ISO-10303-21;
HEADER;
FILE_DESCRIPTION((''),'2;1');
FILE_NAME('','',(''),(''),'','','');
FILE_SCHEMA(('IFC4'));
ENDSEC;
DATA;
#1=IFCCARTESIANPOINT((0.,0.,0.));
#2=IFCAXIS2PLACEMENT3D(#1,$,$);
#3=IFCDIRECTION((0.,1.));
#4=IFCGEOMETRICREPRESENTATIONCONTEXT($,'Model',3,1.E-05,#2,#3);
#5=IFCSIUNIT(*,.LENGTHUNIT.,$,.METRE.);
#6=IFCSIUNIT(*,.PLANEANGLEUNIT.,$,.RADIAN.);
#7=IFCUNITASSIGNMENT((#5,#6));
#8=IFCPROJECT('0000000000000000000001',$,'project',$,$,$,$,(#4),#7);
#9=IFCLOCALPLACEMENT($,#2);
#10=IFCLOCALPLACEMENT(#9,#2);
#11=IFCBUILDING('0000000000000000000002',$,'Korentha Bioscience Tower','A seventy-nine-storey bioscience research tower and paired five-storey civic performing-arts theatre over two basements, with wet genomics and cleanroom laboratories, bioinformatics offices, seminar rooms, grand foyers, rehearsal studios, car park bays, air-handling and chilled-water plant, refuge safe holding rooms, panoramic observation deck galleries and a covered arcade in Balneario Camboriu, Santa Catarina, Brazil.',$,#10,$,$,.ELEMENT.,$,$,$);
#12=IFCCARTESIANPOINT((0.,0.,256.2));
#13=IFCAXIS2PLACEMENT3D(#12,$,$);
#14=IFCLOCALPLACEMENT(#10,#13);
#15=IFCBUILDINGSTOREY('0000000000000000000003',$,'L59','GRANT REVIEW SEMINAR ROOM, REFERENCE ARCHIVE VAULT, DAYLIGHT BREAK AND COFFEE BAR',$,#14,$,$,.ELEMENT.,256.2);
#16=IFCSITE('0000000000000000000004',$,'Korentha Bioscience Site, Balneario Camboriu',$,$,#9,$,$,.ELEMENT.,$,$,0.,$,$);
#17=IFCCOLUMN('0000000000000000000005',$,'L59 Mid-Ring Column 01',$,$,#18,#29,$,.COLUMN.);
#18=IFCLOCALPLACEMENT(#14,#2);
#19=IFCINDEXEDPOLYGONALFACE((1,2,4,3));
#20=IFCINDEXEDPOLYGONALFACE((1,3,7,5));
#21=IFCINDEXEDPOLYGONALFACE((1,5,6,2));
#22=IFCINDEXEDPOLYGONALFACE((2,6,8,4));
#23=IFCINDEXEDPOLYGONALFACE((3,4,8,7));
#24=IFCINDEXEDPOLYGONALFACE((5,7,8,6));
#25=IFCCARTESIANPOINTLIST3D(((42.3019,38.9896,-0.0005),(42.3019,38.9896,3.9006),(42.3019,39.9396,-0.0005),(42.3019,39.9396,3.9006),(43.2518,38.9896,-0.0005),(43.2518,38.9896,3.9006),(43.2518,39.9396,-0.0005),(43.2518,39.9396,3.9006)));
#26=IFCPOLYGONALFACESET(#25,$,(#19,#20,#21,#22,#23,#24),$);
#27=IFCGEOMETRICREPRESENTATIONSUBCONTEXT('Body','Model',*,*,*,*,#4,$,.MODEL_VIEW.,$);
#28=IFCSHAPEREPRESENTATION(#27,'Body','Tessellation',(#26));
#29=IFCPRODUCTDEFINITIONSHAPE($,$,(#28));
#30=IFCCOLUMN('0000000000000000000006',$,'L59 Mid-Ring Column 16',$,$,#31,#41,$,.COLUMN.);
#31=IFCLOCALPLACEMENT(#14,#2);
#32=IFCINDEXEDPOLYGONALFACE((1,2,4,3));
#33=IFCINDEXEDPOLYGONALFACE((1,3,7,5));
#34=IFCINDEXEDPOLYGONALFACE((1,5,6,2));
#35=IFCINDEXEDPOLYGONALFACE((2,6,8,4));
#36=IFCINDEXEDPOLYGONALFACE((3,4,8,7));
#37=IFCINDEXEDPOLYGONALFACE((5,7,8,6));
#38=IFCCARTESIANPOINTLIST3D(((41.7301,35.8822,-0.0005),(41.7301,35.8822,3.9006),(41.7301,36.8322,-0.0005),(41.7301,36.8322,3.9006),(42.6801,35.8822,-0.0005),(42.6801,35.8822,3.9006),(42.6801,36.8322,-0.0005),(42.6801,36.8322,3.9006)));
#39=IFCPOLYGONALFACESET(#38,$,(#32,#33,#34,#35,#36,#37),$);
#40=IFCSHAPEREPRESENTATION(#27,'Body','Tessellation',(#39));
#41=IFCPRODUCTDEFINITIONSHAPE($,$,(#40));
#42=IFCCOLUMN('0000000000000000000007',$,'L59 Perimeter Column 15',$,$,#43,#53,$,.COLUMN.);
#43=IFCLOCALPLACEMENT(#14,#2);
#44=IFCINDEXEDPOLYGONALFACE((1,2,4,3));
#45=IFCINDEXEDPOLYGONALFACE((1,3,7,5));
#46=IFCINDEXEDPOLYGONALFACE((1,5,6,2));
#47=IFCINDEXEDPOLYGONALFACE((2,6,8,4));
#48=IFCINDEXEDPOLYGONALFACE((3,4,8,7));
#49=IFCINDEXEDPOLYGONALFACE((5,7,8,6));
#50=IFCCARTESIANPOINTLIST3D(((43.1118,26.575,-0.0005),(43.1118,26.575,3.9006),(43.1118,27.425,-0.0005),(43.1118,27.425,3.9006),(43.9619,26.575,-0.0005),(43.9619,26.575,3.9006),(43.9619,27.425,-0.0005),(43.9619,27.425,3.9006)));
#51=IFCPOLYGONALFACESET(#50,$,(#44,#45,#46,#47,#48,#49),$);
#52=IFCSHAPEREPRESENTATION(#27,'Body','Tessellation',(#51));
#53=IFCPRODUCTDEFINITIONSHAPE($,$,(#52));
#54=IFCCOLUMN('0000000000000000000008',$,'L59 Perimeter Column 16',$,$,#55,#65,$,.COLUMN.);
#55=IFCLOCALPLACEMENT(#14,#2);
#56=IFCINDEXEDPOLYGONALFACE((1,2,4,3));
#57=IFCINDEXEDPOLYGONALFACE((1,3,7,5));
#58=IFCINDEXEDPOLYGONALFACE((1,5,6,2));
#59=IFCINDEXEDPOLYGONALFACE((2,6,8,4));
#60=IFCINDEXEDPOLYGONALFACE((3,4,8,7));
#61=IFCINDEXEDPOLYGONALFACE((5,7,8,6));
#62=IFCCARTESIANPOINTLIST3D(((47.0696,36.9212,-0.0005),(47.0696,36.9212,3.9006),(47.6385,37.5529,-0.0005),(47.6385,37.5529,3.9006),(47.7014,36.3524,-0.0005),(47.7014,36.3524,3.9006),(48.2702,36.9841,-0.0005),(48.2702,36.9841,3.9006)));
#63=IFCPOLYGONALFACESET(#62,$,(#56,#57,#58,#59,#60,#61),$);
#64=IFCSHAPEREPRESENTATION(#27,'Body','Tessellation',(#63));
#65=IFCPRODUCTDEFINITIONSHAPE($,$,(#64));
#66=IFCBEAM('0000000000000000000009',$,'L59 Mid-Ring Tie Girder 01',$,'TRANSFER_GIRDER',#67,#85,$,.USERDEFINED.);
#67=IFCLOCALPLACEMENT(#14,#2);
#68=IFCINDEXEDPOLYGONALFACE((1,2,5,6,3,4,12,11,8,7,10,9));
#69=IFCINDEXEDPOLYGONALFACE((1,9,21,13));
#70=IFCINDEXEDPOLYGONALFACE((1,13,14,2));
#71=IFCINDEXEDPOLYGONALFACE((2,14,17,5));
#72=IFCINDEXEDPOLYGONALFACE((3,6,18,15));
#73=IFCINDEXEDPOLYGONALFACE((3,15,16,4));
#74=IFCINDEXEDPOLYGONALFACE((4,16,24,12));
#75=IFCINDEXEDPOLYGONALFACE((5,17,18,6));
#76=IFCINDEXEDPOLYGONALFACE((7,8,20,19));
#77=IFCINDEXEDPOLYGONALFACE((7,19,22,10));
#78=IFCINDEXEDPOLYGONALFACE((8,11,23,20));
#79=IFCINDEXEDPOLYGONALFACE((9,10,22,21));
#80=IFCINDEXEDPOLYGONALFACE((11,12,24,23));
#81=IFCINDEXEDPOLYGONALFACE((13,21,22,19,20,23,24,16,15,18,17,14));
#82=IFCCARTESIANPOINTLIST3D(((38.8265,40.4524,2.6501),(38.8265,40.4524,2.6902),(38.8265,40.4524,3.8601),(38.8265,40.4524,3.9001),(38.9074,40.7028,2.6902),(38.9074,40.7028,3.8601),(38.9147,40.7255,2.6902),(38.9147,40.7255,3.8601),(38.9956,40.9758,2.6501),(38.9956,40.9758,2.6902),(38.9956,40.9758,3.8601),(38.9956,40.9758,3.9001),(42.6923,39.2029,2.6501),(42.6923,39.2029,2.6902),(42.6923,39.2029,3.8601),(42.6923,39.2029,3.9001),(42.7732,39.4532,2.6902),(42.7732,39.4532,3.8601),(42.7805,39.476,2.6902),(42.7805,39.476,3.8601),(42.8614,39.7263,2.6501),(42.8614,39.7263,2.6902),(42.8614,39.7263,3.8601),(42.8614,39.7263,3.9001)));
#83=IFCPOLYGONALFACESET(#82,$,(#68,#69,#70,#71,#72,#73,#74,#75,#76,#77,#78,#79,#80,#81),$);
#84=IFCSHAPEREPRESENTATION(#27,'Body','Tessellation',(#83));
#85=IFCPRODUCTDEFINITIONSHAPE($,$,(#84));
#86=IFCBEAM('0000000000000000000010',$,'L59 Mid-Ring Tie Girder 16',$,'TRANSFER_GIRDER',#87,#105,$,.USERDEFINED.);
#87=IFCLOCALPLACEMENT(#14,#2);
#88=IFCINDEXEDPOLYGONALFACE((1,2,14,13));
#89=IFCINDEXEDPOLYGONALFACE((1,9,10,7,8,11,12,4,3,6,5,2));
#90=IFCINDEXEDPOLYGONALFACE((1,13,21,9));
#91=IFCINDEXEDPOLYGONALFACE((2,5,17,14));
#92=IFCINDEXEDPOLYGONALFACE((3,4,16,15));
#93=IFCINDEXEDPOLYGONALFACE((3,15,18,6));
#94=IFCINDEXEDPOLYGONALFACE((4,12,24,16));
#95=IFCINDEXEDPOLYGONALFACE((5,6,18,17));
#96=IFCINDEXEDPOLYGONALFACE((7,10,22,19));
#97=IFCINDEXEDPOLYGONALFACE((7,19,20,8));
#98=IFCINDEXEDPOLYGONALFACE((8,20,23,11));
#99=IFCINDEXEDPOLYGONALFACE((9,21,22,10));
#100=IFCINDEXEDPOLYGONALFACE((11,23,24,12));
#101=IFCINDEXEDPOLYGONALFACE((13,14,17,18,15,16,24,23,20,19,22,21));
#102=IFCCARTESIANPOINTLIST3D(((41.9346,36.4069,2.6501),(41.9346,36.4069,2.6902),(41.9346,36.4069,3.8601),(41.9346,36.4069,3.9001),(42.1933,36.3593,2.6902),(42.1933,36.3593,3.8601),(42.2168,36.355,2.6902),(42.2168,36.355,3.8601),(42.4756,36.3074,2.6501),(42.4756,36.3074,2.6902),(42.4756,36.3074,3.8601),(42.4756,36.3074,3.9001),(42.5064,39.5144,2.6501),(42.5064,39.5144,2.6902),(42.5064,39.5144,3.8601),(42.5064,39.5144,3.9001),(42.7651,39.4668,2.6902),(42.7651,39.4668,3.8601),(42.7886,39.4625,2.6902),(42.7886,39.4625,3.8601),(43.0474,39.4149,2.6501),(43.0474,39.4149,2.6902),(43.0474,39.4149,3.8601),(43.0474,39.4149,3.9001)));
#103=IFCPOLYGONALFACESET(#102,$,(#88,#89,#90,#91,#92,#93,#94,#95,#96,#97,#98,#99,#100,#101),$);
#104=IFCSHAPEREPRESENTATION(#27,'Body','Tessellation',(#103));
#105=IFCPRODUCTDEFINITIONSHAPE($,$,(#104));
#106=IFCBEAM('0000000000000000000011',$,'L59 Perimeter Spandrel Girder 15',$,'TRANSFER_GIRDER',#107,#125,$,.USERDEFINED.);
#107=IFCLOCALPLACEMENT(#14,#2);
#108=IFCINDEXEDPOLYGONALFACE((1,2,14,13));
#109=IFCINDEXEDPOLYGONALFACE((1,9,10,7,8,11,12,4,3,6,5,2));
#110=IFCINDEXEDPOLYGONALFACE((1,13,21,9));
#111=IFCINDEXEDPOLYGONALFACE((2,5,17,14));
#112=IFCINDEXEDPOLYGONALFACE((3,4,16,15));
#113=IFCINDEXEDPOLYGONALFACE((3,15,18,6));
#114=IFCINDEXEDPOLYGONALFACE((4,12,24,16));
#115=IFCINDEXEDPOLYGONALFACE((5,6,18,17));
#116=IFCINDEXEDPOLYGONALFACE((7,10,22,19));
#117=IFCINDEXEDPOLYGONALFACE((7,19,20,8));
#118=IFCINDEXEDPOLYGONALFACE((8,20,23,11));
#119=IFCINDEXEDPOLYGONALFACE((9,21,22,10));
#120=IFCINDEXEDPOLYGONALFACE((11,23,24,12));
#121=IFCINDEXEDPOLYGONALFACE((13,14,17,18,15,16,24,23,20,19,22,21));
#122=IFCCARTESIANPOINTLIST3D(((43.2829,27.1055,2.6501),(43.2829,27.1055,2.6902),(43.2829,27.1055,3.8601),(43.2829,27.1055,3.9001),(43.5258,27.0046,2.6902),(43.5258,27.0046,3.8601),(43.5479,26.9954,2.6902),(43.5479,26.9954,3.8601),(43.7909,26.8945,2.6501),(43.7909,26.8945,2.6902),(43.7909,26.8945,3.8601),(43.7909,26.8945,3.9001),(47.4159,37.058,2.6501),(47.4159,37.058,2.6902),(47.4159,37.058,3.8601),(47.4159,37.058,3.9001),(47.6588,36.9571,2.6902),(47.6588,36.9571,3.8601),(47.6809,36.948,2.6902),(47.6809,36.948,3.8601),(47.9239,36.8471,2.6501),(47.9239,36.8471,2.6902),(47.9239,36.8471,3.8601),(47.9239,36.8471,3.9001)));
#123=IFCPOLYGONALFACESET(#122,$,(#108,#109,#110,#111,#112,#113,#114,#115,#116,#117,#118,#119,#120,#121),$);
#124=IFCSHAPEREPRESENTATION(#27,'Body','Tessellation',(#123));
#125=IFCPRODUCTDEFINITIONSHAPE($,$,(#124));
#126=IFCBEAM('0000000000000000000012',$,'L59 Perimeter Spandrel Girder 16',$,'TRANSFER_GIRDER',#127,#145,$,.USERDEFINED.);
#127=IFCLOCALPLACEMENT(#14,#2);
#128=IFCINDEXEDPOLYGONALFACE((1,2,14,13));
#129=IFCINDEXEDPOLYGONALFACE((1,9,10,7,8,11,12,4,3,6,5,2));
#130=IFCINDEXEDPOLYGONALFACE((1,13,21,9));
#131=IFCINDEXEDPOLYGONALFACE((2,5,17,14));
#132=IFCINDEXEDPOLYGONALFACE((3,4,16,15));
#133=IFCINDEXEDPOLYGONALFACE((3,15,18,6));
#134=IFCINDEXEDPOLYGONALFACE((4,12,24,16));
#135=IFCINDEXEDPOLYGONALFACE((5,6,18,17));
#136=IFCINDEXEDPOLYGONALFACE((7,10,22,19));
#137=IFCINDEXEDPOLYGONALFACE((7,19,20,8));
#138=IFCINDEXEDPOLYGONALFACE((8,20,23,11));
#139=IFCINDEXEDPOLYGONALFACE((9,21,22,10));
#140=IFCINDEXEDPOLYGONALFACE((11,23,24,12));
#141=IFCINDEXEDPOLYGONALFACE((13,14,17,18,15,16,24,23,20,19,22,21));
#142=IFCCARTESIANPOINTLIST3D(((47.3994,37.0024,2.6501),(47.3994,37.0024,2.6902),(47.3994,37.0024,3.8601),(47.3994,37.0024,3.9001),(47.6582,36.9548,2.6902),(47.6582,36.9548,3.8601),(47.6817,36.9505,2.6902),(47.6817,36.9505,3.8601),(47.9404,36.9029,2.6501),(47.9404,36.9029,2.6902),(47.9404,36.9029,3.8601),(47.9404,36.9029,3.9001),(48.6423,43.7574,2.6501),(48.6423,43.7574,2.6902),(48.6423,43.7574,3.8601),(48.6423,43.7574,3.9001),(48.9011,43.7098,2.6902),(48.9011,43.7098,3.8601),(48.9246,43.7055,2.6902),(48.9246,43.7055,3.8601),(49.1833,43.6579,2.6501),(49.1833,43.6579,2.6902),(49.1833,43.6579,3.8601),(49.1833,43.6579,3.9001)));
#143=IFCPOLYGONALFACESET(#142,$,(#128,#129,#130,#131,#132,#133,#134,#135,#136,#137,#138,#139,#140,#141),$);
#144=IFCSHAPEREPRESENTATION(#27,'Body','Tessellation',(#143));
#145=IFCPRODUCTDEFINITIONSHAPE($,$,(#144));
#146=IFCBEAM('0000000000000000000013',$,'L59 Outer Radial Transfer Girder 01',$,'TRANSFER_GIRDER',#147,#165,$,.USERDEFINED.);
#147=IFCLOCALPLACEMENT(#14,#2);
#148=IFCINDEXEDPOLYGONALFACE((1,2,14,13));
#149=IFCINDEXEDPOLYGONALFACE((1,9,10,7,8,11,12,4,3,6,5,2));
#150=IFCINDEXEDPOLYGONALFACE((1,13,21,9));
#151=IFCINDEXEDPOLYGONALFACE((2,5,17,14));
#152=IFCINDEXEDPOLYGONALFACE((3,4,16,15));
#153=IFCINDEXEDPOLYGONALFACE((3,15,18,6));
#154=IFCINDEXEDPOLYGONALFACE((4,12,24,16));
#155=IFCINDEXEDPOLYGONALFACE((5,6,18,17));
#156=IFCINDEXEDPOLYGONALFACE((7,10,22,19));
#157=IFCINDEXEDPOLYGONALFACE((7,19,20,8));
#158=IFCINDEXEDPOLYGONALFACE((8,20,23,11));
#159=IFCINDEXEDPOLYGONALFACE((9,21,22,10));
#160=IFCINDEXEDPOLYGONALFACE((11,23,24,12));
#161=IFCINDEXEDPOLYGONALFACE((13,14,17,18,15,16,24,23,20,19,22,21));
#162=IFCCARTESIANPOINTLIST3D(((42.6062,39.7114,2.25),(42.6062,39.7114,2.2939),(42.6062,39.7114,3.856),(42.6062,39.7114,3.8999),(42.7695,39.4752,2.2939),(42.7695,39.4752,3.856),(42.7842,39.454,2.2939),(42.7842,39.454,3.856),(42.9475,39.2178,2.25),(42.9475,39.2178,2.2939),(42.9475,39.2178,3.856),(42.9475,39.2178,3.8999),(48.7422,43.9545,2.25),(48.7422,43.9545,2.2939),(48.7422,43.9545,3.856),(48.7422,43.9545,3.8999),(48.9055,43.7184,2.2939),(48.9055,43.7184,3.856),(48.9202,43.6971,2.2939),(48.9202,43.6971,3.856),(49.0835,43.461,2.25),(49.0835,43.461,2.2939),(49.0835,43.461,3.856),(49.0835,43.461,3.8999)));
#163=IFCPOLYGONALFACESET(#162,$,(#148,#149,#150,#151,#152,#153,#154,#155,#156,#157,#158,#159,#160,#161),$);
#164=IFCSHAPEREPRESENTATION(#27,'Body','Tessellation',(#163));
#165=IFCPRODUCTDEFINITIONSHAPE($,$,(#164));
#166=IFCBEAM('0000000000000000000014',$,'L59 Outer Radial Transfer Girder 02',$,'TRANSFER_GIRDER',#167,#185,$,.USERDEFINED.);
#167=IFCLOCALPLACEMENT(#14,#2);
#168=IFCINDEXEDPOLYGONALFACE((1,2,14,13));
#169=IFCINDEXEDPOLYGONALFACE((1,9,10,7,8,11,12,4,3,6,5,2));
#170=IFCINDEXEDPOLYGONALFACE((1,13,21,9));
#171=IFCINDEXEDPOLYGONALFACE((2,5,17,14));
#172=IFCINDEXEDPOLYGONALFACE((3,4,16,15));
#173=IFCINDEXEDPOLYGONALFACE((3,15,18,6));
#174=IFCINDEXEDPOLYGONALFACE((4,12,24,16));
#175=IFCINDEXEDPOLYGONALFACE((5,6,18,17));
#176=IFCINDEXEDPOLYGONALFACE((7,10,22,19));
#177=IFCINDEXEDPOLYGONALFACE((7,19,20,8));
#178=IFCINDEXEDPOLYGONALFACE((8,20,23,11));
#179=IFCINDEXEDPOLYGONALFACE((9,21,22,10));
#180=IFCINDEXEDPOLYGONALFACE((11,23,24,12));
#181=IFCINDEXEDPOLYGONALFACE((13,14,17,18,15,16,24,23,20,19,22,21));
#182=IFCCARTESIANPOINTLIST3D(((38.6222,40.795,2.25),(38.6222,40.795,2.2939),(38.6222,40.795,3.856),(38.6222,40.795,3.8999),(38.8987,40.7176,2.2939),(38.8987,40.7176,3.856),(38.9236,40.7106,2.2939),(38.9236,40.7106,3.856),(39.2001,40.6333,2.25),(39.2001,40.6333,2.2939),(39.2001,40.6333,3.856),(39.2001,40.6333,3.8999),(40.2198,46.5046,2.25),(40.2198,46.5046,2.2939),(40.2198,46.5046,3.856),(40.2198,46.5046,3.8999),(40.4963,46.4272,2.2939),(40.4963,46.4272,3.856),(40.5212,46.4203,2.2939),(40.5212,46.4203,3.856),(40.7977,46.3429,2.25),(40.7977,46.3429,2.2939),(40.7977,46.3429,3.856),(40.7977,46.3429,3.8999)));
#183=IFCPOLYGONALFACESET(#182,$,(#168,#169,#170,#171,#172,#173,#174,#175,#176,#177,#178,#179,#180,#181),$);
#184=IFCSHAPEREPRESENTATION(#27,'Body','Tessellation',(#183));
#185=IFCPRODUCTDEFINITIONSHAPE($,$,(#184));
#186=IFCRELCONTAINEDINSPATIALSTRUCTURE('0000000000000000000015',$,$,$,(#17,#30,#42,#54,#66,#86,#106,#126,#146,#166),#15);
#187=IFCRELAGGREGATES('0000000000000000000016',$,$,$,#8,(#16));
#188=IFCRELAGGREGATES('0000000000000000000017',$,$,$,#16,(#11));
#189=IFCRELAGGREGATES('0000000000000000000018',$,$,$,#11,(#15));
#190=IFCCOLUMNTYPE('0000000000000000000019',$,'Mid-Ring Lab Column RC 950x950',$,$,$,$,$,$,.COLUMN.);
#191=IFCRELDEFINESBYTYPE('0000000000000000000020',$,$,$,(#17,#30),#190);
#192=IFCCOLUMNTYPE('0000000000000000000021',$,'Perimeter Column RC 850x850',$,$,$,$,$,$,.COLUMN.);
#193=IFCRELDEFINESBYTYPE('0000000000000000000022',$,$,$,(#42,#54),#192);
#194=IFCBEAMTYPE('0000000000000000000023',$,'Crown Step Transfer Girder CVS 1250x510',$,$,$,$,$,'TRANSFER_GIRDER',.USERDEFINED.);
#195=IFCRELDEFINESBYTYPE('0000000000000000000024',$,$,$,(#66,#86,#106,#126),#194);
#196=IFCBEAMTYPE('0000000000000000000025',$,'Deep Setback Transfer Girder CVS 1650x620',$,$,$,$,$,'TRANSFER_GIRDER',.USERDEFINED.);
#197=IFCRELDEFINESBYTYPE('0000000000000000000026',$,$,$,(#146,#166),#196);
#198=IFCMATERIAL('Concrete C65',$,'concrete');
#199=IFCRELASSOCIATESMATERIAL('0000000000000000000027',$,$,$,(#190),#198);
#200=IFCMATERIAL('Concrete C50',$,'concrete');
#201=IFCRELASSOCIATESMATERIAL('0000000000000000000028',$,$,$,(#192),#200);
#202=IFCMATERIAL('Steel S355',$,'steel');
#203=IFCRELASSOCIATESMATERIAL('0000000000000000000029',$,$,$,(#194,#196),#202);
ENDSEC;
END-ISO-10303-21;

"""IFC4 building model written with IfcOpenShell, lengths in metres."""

from ifc_helpers import new_model, si_unit, direction, frame, origin, origin_2d, place, context, subcontext, project, spatial, rectangle, i_section, extrude, material, material_profile, profile_set, type_object, element, save


model = new_model("IFC4")

# Units and contexts
model_context = context("Model", 3, precision=1e-05, world=origin(), true_north=direction((0.0, 1.0)))
body_context = subcontext(model_context, "Body", "Model", "MODEL_VIEW")
ifc_project = project(units=[si_unit("LENGTHUNIT", "METRE"), si_unit("PLANEANGLEUNIT", "RADIAN")], contexts=[model_context])

# Site, building, storey
site_placement = place(None, origin())
site = spatial("IfcSite", under=ifc_project, at=site_placement, Name="Korentha Bioscience Site, Balneario Camboriu", CompositionType="ELEMENT", RefElevation=0.0)
building_placement = place(site_placement, origin())
building = spatial("IfcBuilding", under=site, at=building_placement, Name="Korentha Bioscience Tower", Description="A seventy-nine-storey bioscience research tower and paired five-storey civic performing-arts theatre over two basements, with wet genomics and cleanroom laboratories, bioinformatics offices, seminar rooms, grand foyers, rehearsal studios, car park bays, air-handling and chilled-water plant, refuge safe holding rooms, panoramic observation deck galleries and a covered arcade in Balneario Camboriu, Santa Catarina, Brazil.", CompositionType="ELEMENT")
storey_placement = place(building_placement, frame((0.0, 0.0, 256.2)))
storey = spatial("IfcBuildingStorey", under=building, at=storey_placement, Name="L59", Description="GRANT REVIEW SEMINAR ROOM, REFERENCE ARCHIVE VAULT, DAYLIGHT BREAK AND COFFEE BAR", CompositionType="ELEMENT", Elevation=256.2)

# Columns
ifc_material_1 = material(Name="Concrete C65", Category="concrete")
ifc_material_profile_1 = material_profile(ifc_material_1, rectangle(XDim=0.95, YDim=0.95, at=origin_2d()), Name="Concrete C65")
ifc_profile_set_1 = profile_set([ifc_material_profile_1], Name="Concrete C65 (COL-MR09)")
column_type_1 = type_object("IfcColumnType", Name="Mid-Ring Lab Column RC 950x950", PredefinedType="COLUMN", material=ifc_profile_set_1)
for number, where, z_axis, x_axis, name in (
    (1, (42.7769, 39.4646, -0.0005), (0.0, 0.0, 1.0), (1.0, 0.0, 0.0), "L59 Mid-Ring Column 01"),
    (2, (42.2051, 36.3572, -0.0005), (0.0, 0.0, 1.0), (1.0, 0.0, 0.0), "L59 Mid-Ring Column 16"),
):
    element("IfcColumn", number, at=place(storey_placement, frame(where, z_axis=z_axis, x_axis=x_axis)), inside=storey, type_object=column_type_1, Name=name, PredefinedType="COLUMN", context=body_context, shape_type="SweptSolid", body=[
        extrude(rectangle(XDim=0.95, YDim=0.95, at=origin_2d()), origin(), (0.0, 0.0, 1.0), 3.9011),
    ])
ifc_material_2 = material(Name="Concrete C50", Category="concrete")
ifc_material_profile_2 = material_profile(ifc_material_2, rectangle(XDim=0.8501, YDim=0.8501, at=origin_2d()), Name="Concrete C50")
ifc_profile_set_2 = profile_set([ifc_material_profile_2], Name="Concrete C50 (COL-P08)")
column_type_2 = type_object("IfcColumnType", Name="Perimeter Column RC 850x850", PredefinedType="COLUMN", material=ifc_profile_set_2)
for number, where, z_axis, x_axis, name in (
    (3, (43.5369, 27.0, -0.0005), (0.0, 0.0, 1.0), (0.0, 1.0, 0.0), "L59 Perimeter Column 15"),
    (4, (47.6699, 36.9526, -0.0005), (0.0, 0.0, 1.0), (0.669131, 0.743145, 0.0), "L59 Perimeter Column 16"),
):
    element("IfcColumn", number, at=place(storey_placement, frame(where, z_axis=z_axis, x_axis=x_axis)), inside=storey, type_object=column_type_2, Name=name, PredefinedType="COLUMN", context=body_context, shape_type="SweptSolid", body=[
        extrude(rectangle(XDim=0.8501, YDim=0.8501, at=origin_2d()), origin(), (0.0, 0.0, 1.0), 3.9011),
    ])

# Beams
ifc_material_3 = material(Name="Steel S355", Category="steel")
ifc_material_profile_3 = material_profile(ifc_material_3, i_section(OverallWidth=0.55, OverallDepth=1.25, WebThickness=0.0239, FlangeThickness=0.04, at=origin_2d()), Name="Steel S355")
ifc_profile_set_3 = profile_set([ifc_material_profile_3], Name="Steel S355 (TG-03)")
beam_type_1 = type_object("IfcBeamType", Name="Crown Step Transfer Girder CVS 1250x510", ElementType="TRANSFER_GIRDER", PredefinedType="USERDEFINED", material=ifc_profile_set_3)
beam_1_placement = place(storey_placement, frame((42.7769, 39.4646, 3.2751), z_axis=(-0.951528, 0.307561, 0.0), x_axis=(-0.307561, -0.951528, 0.0)))
element("IfcBeam", 5, at=beam_1_placement, inside=storey, type_object=beam_type_1, Name="L59 Mid-Ring Tie Girder 01", ObjectType="TRANSFER_GIRDER", PredefinedType="USERDEFINED", context=body_context, shape_type="SweptSolid", body=[
    extrude(i_section(OverallWidth=0.55, OverallDepth=1.25, WebThickness=0.0239, FlangeThickness=0.04, at=origin_2d()), origin(), (0.0, 0.0, 1.0), 4.0627),
])
beam_2_placement = place(storey_placement, frame((42.2051, 36.3572, 3.2751), z_axis=(0.180966, 0.983489, 0.0), x_axis=(-0.983489, 0.180966, 0.0)))
element("IfcBeam", 6, at=beam_2_placement, inside=storey, type_object=beam_type_1, Name="L59 Mid-Ring Tie Girder 16", ObjectType="TRANSFER_GIRDER", PredefinedType="USERDEFINED", context=body_context, shape_type="SweptSolid", body=[
    extrude(i_section(OverallWidth=0.55, OverallDepth=1.25, WebThickness=0.0239, FlangeThickness=0.04, at=origin_2d()), origin(), (0.0, 0.0, 1.0), 3.1597),
])
beam_3_placement = place(storey_placement, frame((43.5369, 27.0, 3.2751), z_axis=(0.383518, 0.923533, 0.0), x_axis=(-0.923533, 0.383518, 0.0)))
element("IfcBeam", 7, at=beam_3_placement, inside=storey, type_object=beam_type_1, Name="L59 Perimeter Spandrel Girder 15", ObjectType="TRANSFER_GIRDER", PredefinedType="USERDEFINED", context=body_context, shape_type="SweptSolid", body=[
    extrude(i_section(OverallWidth=0.55, OverallDepth=1.25, WebThickness=0.0239, FlangeThickness=0.04, at=origin_2d()), origin(), (0.0, 0.0, 1.0), 10.7766),
])
beam_4_placement = place(storey_placement, frame((47.6699, 36.9526, 3.2751), z_axis=(0.180959, 0.983491, 0.0), x_axis=(-0.983491, 0.180959, 0.0)))
element("IfcBeam", 8, at=beam_4_placement, inside=storey, type_object=beam_type_1, Name="L59 Perimeter Spandrel Girder 16", ObjectType="TRANSFER_GIRDER", PredefinedType="USERDEFINED", context=body_context, shape_type="SweptSolid", body=[
    extrude(i_section(OverallWidth=0.55, OverallDepth=1.25, WebThickness=0.0239, FlangeThickness=0.04, at=origin_2d()), origin(), (0.0, 0.0, 1.0), 6.8684),
])
ifc_material_profile_4 = material_profile(ifc_material_3, i_section(OverallWidth=0.6001, OverallDepth=1.6499, WebThickness=0.0259, FlangeThickness=0.0439, at=origin_2d()), Name="Steel S355")
ifc_profile_set_4 = profile_set([ifc_material_profile_4], Name="Steel S355 (TG-04)")
beam_type_2 = type_object("IfcBeamType", Name="Deep Setback Transfer Girder CVS 1650x620", ElementType="TRANSFER_GIRDER", PredefinedType="USERDEFINED", material=ifc_profile_set_4)
beam_5_placement = place(storey_placement, frame((42.7769, 39.4646, 3.075), z_axis=(0.822495, 0.568773, 0.0), x_axis=(-0.568773, 0.822495, 0.0)))
element("IfcBeam", 9, at=beam_5_placement, inside=storey, type_object=beam_type_2, Name="L59 Outer Radial Transfer Girder 01", ObjectType="TRANSFER_GIRDER", PredefinedType="USERDEFINED", context=body_context, shape_type="SweptSolid", body=[
    extrude(i_section(OverallWidth=0.6001, OverallDepth=1.6499, WebThickness=0.0259, FlangeThickness=0.0439, at=origin_2d()), origin(), (0.0, 0.0, 1.0), 7.4602),
])
beam_6_placement = place(storey_placement, frame((38.9111, 40.7141, 3.075), z_axis=(0.269463, 0.963011, 0.0), x_axis=(-0.963011, 0.269463, 0.0)))
element("IfcBeam", 10, at=beam_6_placement, inside=storey, type_object=beam_type_2, Name="L59 Outer Radial Transfer Girder 02", ObjectType="TRANSFER_GIRDER", PredefinedType="USERDEFINED", context=body_context, shape_type="SweptSolid", body=[
    extrude(i_section(OverallWidth=0.6001, OverallDepth=1.6499, WebThickness=0.0259, FlangeThickness=0.0439, at=origin_2d()), origin(), (0.0, 0.0, 1.0), 5.929),
])

save(model, "model.ifc")
